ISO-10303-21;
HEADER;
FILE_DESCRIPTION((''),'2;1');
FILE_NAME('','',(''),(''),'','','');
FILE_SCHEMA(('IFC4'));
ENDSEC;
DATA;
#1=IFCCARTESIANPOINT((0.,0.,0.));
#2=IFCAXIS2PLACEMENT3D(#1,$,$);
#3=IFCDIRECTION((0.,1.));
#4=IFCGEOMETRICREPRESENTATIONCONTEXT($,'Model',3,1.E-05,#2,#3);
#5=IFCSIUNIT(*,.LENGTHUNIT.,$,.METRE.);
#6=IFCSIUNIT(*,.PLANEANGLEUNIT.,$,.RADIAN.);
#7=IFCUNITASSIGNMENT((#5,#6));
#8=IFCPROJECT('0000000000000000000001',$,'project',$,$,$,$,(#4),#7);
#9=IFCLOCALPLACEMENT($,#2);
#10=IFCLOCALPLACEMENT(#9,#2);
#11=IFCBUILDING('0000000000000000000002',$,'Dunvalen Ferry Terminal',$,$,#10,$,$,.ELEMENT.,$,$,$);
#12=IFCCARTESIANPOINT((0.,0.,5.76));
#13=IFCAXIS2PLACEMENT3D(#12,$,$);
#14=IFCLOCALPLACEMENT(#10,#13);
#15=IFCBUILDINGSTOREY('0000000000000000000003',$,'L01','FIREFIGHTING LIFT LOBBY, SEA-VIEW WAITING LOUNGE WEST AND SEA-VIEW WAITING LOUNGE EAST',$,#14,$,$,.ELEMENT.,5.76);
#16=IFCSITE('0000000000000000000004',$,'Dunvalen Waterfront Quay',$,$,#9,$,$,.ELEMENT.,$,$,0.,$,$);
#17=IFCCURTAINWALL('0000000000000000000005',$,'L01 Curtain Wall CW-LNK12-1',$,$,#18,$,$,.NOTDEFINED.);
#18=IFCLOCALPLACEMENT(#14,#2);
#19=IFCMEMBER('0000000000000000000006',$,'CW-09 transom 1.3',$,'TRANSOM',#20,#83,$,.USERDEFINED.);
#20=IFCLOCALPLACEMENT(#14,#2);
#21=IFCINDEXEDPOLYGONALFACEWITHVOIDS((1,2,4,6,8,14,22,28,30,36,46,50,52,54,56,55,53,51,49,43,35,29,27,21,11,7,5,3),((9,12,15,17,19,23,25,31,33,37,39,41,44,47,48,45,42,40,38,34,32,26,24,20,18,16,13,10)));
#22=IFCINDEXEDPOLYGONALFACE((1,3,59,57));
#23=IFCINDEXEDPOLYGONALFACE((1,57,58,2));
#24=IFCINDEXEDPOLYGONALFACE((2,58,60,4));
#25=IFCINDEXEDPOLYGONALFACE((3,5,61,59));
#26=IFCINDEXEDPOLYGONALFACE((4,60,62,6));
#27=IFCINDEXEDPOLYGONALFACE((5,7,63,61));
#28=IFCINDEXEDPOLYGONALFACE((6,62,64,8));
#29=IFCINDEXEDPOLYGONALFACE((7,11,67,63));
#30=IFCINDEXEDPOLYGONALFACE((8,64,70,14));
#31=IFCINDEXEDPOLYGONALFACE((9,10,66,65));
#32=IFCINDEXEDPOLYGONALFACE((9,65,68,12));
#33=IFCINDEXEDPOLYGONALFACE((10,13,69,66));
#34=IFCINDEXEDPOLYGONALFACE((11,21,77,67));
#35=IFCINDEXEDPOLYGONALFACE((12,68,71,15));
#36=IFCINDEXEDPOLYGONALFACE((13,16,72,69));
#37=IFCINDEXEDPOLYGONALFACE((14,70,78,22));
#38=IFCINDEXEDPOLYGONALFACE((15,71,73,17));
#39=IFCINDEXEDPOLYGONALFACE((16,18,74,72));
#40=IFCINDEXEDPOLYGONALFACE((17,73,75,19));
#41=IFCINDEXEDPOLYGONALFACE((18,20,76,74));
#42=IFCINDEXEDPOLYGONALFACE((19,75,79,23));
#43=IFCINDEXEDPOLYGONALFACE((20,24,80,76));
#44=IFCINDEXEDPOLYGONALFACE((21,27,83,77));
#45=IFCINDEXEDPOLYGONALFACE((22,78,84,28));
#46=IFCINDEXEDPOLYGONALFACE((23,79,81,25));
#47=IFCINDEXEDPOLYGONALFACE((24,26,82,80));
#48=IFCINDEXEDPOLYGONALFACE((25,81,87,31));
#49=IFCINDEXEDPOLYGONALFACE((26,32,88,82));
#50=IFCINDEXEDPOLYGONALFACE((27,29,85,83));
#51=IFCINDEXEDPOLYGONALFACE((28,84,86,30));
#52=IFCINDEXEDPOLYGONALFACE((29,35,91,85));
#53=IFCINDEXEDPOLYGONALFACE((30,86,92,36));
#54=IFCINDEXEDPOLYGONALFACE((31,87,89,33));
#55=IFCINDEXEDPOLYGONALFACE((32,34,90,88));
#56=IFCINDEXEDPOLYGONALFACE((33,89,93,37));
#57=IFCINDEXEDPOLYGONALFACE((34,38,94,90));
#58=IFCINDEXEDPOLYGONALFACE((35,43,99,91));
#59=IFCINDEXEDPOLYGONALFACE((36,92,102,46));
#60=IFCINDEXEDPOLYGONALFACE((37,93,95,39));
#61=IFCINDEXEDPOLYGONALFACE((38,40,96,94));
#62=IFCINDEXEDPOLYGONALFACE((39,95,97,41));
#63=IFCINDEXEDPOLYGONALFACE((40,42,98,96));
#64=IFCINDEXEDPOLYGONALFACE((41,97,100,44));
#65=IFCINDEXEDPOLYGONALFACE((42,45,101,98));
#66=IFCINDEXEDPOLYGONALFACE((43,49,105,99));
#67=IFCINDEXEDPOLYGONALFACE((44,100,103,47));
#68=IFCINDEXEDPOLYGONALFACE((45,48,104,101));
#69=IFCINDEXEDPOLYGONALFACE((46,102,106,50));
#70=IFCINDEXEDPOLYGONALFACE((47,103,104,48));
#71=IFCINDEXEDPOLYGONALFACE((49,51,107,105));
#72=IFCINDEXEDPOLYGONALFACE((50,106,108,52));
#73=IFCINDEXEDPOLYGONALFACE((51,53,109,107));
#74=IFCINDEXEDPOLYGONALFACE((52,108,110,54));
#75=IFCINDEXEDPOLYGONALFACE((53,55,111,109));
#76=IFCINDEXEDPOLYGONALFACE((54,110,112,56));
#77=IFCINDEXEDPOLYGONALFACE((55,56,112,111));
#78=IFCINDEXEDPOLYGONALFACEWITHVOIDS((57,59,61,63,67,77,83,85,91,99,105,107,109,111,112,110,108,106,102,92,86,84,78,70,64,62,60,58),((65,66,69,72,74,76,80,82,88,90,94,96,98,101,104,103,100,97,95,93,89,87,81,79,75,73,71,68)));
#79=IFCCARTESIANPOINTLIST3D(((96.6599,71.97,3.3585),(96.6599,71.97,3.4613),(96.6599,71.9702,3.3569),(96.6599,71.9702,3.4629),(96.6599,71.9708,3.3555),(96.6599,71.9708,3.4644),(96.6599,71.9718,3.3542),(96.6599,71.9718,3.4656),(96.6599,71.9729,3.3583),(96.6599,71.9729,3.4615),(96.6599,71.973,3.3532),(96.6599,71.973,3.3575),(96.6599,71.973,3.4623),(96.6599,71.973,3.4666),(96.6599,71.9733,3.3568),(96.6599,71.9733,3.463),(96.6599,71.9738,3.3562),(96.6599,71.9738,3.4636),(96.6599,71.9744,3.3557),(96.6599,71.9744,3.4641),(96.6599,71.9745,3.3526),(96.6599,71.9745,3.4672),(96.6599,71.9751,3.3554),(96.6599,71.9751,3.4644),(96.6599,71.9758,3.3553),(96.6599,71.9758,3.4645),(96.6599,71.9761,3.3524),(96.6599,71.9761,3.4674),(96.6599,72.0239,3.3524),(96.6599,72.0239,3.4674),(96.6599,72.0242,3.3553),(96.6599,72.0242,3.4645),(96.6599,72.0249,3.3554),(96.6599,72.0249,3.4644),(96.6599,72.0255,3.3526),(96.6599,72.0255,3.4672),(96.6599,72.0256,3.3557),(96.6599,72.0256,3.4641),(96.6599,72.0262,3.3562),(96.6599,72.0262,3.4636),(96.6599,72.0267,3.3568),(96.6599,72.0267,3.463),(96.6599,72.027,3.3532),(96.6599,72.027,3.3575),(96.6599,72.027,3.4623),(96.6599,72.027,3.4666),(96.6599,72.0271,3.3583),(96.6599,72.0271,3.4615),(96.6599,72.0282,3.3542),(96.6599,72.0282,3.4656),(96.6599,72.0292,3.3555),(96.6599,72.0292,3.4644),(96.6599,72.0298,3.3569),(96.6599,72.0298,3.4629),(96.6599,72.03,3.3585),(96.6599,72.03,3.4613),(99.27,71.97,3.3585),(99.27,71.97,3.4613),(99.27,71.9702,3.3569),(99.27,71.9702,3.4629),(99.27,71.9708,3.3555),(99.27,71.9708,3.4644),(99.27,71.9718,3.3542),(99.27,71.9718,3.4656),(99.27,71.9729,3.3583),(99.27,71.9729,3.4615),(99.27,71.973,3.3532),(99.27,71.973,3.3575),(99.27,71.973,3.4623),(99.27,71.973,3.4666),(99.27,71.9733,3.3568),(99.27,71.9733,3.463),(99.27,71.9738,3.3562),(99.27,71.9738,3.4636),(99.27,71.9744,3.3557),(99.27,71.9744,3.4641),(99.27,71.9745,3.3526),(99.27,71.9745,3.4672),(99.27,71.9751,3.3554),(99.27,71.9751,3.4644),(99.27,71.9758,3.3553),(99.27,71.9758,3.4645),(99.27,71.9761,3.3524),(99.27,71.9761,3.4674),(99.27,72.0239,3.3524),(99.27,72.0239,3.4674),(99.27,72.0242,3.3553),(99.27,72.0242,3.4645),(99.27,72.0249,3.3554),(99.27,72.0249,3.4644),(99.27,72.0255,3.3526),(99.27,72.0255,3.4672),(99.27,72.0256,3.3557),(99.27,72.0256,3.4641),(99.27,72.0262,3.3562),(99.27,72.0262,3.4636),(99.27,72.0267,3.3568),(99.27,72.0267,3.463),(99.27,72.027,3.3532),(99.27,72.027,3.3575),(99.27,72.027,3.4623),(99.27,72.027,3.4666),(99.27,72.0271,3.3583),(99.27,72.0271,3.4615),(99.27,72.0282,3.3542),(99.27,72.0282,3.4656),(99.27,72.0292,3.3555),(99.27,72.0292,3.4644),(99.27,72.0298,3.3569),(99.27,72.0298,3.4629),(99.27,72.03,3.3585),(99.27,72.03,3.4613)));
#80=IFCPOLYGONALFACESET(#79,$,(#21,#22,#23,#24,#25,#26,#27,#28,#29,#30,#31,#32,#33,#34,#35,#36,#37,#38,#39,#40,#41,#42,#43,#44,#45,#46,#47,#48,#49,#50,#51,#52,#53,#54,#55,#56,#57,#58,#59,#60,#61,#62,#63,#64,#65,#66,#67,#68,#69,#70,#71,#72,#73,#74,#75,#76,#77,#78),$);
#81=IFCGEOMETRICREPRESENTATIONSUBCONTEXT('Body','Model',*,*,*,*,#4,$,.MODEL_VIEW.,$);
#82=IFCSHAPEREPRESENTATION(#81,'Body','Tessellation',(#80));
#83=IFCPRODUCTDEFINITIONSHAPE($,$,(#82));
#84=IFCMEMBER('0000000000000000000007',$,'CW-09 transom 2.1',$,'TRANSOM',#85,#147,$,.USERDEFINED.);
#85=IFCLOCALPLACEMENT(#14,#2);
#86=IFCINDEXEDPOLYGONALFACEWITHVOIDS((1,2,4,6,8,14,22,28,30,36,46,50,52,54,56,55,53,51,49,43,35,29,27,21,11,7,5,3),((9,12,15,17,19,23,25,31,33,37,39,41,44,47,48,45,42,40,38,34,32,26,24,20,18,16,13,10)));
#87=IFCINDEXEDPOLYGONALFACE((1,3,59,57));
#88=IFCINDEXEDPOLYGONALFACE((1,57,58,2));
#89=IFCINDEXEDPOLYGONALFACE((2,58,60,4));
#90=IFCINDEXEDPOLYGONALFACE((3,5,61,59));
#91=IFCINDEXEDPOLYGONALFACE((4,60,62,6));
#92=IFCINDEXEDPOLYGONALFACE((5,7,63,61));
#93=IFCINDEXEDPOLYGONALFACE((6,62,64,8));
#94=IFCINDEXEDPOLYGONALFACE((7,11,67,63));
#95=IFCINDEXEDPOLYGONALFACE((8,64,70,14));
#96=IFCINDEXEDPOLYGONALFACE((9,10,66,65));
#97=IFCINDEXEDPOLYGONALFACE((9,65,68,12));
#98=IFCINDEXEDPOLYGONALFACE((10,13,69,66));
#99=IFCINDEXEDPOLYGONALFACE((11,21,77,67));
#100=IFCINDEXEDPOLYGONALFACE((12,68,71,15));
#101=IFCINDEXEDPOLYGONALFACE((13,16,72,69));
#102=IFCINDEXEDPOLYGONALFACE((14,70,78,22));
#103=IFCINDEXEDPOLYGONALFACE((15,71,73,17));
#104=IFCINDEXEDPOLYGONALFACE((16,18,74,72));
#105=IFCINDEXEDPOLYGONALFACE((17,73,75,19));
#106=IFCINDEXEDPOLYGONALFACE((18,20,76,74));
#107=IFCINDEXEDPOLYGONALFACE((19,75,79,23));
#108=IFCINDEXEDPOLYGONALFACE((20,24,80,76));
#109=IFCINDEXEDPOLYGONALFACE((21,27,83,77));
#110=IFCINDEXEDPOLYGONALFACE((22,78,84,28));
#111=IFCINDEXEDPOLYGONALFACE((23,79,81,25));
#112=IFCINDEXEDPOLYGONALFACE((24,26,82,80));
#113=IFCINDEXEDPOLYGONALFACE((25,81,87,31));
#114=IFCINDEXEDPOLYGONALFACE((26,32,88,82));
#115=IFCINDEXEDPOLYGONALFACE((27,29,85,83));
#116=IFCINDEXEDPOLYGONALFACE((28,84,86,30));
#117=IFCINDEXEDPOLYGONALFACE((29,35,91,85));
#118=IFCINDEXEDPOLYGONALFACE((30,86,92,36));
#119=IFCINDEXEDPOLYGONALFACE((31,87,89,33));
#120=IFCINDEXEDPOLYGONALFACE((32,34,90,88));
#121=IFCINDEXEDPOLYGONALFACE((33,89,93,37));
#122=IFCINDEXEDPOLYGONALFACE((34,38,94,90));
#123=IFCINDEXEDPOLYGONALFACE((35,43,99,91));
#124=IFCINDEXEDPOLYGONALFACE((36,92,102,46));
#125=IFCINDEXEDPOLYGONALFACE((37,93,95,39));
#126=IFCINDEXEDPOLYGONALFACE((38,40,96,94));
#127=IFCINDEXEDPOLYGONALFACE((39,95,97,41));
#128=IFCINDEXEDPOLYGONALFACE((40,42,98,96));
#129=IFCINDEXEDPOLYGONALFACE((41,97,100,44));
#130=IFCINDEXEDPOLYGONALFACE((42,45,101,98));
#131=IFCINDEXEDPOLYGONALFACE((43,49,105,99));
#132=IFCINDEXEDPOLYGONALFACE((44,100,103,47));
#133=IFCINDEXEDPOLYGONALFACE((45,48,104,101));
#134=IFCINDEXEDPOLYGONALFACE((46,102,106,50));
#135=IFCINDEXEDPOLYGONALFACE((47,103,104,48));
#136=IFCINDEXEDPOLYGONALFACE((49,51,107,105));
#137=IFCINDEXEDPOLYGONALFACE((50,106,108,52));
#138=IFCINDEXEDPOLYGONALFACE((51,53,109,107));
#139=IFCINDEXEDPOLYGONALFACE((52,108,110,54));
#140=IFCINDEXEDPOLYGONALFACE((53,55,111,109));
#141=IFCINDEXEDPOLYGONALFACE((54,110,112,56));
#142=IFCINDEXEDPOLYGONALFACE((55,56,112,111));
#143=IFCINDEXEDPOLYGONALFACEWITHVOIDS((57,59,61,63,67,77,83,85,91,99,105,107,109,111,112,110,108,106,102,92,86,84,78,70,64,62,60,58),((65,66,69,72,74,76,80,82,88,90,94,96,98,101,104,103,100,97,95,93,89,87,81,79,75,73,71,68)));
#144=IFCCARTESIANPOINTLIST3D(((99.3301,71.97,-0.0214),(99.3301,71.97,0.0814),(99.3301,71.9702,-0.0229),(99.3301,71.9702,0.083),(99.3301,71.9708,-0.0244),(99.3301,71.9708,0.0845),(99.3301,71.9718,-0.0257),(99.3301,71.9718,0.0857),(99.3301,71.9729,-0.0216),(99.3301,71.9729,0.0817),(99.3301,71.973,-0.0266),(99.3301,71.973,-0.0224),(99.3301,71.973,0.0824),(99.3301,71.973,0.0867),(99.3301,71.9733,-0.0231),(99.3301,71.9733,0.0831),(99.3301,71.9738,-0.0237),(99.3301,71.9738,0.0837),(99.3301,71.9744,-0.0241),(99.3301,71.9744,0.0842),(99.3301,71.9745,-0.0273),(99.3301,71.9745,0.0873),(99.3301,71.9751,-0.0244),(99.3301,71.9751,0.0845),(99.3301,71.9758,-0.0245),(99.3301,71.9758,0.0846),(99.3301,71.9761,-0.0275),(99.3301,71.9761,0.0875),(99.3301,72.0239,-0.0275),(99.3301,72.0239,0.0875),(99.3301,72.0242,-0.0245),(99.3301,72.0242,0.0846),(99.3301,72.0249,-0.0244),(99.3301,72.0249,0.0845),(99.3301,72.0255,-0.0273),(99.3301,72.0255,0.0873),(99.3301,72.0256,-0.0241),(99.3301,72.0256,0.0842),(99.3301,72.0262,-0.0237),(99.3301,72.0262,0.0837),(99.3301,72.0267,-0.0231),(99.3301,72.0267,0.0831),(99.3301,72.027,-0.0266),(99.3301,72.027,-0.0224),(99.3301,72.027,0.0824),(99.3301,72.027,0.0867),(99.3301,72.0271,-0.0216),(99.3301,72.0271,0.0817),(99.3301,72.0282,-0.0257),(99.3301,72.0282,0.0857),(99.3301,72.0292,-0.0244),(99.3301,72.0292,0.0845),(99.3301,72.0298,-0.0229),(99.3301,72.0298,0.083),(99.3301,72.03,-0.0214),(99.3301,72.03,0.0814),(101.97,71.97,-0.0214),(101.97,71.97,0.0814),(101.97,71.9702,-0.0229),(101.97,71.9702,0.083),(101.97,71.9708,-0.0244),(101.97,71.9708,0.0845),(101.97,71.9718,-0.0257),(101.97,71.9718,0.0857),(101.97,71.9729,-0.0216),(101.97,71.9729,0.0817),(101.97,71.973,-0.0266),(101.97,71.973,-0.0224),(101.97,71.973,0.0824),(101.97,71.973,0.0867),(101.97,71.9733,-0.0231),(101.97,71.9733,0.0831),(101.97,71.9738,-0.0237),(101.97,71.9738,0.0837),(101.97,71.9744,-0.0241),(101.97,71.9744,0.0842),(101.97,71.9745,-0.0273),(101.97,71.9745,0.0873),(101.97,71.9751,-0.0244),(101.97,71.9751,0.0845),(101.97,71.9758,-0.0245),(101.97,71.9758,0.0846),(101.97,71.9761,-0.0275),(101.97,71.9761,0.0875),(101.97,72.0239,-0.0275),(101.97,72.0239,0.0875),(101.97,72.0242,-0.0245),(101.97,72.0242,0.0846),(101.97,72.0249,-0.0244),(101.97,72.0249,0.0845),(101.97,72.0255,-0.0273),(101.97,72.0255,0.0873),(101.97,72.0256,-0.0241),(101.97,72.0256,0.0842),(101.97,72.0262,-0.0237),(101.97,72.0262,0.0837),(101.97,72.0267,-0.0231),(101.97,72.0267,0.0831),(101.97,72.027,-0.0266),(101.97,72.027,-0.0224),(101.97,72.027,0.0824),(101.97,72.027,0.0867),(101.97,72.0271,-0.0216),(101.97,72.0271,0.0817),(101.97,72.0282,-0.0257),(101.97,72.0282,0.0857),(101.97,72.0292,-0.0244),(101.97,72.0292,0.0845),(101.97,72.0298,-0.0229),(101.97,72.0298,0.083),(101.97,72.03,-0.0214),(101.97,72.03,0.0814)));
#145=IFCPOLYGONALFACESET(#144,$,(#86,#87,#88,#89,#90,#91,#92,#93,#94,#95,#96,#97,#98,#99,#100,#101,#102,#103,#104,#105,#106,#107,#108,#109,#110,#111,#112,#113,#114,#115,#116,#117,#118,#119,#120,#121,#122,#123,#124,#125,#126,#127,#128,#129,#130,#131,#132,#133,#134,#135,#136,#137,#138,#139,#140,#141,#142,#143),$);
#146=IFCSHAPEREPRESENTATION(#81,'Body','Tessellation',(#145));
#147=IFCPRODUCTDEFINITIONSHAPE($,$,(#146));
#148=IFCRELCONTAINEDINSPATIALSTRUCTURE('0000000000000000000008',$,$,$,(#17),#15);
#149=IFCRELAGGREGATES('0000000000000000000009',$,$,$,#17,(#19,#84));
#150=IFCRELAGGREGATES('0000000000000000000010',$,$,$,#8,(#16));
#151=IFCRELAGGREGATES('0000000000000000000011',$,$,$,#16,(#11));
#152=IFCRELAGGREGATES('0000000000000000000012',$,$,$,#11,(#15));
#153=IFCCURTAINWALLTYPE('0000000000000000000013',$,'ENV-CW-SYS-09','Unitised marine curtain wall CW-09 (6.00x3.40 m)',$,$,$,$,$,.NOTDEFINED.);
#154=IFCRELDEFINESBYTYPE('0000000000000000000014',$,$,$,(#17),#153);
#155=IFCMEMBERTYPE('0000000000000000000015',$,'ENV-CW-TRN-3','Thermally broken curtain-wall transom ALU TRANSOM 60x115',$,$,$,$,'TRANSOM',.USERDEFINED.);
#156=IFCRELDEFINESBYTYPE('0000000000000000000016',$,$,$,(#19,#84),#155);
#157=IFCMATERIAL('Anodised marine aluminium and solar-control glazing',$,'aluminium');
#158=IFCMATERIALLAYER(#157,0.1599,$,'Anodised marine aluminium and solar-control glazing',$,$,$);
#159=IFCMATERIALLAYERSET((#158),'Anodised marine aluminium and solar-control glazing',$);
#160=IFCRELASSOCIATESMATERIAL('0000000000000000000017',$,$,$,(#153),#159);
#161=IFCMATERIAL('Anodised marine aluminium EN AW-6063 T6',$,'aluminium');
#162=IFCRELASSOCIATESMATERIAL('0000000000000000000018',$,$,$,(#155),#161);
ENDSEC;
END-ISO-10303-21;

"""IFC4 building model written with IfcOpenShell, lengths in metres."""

from ifc_helpers import new_model, si_unit, direction, frame, origin, origin_2d, place, context, subcontext, project, spatial, hollow_rectangle, extrude, material, layer, layer_set, material_profile, profile_set, type_object, element, aggregate, save


model = new_model("IFC4")

# Units and contexts
model_context = context("Model", 3, precision=1e-05, world=origin(), true_north=direction((0.0, 1.0)))
body_context = subcontext(model_context, "Body", "Model", "MODEL_VIEW")
ifc_project = project(units=[si_unit("LENGTHUNIT", "METRE"), si_unit("PLANEANGLEUNIT", "RADIAN")], contexts=[model_context])

# Site, building, storey
site_placement = place(None, origin())
site = spatial("IfcSite", under=ifc_project, at=site_placement, Name="Dunvalen Waterfront Quay", CompositionType="ELEMENT", RefElevation=0.0)
building_placement = place(site_placement, origin())
building = spatial("IfcBuilding", under=site, at=building_placement, Name="Dunvalen Ferry Terminal", CompositionType="ELEMENT")
storey_placement = place(building_placement, frame((0.0, 0.0, 5.76)))
storey = spatial("IfcBuildingStorey", under=building, at=storey_placement, Name="L01", Description="FIREFIGHTING LIFT LOBBY, SEA-VIEW WAITING LOUNGE WEST AND SEA-VIEW WAITING LOUNGE EAST", CompositionType="ELEMENT", Elevation=5.76)

# Curtain wall
ifc_material_1 = material(Name="Anodised marine aluminium and solar-control glazing", Category="aluminium")
ifc_material_2 = material(Name="Anodised marine aluminium EN AW-6063 T6", Category="aluminium")
ifc_layer_1 = layer(ifc_material_1, 0.1599, Name="Anodised marine aluminium and solar-control glazing")
ifc_layer_set_1 = layer_set([ifc_layer_1], Name="Anodised marine aluminium and solar-control glazing")
curtain_wall_type_1 = type_object("IfcCurtainWallType", Name="ENV-CW-SYS-09", Description="Unitised marine curtain wall CW-09 (6.00x3.40 m)", PredefinedType="NOTDEFINED", material=ifc_layer_set_1)
curtain_wall_1_placement = place(storey_placement, origin())
curtain_wall_1 = element("IfcCurtainWall", 1, at=curtain_wall_1_placement, inside=storey, type_object=curtain_wall_type_1, Name="L01 Curtain Wall CW-LNK12-1", PredefinedType="NOTDEFINED")

# Members
ifc_material_profile_1 = material_profile(ifc_material_2, hollow_rectangle(XDim=0.0601, YDim=0.115, WallThickness=0.0029, InnerFilletRadius=0.0029, OuterFilletRadius=0.0061, at=origin_2d()), Name="Anodised marine aluminium EN AW-6063 T6")
ifc_profile_set_1 = profile_set([ifc_material_profile_1], Name="Anodised marine aluminium EN AW-6063 T6")
member_type_1 = type_object("IfcMemberType", Name="ENV-CW-TRN-3", Description="Thermally broken curtain-wall transom ALU TRANSOM 60x115", ElementType="TRANSOM", PredefinedType="USERDEFINED", material=ifc_profile_set_1)
member_1_placement = place(storey_placement, frame((96.6599, 72.0, 3.4099), z_axis=(1.0, 0.0, 0.0), x_axis=(0.0, 1.0, 0.0)))
member_1 = element("IfcMember", 2, at=member_1_placement, type_object=member_type_1, Name="CW-09 transom 1.3", ObjectType="TRANSOM", PredefinedType="USERDEFINED", context=body_context, shape_type="SweptSolid", body=[
    extrude(hollow_rectangle(XDim=0.0601, YDim=0.115, WallThickness=0.0029, InnerFilletRadius=0.0029, OuterFilletRadius=0.0061, at=origin_2d()), origin(), (0.0, 0.0, 1.0), 2.6101),
])
member_2_placement = place(storey_placement, frame((99.3301, 72.0, 0.03), z_axis=(1.0, 0.0, 0.0), x_axis=(0.0, 1.0, 0.0)))
member_2 = element("IfcMember", 3, at=member_2_placement, type_object=member_type_1, Name="CW-09 transom 2.1", ObjectType="TRANSOM", PredefinedType="USERDEFINED", context=body_context, shape_type="SweptSolid", body=[
    extrude(hollow_rectangle(XDim=0.0601, YDim=0.115, WallThickness=0.0029, InnerFilletRadius=0.0029, OuterFilletRadius=0.0061, at=origin_2d()), origin(), (0.0, 0.0, 1.0), 2.6399),
])

aggregate(curtain_wall_1, [member_1, member_2])

save(model, "model.ifc")
